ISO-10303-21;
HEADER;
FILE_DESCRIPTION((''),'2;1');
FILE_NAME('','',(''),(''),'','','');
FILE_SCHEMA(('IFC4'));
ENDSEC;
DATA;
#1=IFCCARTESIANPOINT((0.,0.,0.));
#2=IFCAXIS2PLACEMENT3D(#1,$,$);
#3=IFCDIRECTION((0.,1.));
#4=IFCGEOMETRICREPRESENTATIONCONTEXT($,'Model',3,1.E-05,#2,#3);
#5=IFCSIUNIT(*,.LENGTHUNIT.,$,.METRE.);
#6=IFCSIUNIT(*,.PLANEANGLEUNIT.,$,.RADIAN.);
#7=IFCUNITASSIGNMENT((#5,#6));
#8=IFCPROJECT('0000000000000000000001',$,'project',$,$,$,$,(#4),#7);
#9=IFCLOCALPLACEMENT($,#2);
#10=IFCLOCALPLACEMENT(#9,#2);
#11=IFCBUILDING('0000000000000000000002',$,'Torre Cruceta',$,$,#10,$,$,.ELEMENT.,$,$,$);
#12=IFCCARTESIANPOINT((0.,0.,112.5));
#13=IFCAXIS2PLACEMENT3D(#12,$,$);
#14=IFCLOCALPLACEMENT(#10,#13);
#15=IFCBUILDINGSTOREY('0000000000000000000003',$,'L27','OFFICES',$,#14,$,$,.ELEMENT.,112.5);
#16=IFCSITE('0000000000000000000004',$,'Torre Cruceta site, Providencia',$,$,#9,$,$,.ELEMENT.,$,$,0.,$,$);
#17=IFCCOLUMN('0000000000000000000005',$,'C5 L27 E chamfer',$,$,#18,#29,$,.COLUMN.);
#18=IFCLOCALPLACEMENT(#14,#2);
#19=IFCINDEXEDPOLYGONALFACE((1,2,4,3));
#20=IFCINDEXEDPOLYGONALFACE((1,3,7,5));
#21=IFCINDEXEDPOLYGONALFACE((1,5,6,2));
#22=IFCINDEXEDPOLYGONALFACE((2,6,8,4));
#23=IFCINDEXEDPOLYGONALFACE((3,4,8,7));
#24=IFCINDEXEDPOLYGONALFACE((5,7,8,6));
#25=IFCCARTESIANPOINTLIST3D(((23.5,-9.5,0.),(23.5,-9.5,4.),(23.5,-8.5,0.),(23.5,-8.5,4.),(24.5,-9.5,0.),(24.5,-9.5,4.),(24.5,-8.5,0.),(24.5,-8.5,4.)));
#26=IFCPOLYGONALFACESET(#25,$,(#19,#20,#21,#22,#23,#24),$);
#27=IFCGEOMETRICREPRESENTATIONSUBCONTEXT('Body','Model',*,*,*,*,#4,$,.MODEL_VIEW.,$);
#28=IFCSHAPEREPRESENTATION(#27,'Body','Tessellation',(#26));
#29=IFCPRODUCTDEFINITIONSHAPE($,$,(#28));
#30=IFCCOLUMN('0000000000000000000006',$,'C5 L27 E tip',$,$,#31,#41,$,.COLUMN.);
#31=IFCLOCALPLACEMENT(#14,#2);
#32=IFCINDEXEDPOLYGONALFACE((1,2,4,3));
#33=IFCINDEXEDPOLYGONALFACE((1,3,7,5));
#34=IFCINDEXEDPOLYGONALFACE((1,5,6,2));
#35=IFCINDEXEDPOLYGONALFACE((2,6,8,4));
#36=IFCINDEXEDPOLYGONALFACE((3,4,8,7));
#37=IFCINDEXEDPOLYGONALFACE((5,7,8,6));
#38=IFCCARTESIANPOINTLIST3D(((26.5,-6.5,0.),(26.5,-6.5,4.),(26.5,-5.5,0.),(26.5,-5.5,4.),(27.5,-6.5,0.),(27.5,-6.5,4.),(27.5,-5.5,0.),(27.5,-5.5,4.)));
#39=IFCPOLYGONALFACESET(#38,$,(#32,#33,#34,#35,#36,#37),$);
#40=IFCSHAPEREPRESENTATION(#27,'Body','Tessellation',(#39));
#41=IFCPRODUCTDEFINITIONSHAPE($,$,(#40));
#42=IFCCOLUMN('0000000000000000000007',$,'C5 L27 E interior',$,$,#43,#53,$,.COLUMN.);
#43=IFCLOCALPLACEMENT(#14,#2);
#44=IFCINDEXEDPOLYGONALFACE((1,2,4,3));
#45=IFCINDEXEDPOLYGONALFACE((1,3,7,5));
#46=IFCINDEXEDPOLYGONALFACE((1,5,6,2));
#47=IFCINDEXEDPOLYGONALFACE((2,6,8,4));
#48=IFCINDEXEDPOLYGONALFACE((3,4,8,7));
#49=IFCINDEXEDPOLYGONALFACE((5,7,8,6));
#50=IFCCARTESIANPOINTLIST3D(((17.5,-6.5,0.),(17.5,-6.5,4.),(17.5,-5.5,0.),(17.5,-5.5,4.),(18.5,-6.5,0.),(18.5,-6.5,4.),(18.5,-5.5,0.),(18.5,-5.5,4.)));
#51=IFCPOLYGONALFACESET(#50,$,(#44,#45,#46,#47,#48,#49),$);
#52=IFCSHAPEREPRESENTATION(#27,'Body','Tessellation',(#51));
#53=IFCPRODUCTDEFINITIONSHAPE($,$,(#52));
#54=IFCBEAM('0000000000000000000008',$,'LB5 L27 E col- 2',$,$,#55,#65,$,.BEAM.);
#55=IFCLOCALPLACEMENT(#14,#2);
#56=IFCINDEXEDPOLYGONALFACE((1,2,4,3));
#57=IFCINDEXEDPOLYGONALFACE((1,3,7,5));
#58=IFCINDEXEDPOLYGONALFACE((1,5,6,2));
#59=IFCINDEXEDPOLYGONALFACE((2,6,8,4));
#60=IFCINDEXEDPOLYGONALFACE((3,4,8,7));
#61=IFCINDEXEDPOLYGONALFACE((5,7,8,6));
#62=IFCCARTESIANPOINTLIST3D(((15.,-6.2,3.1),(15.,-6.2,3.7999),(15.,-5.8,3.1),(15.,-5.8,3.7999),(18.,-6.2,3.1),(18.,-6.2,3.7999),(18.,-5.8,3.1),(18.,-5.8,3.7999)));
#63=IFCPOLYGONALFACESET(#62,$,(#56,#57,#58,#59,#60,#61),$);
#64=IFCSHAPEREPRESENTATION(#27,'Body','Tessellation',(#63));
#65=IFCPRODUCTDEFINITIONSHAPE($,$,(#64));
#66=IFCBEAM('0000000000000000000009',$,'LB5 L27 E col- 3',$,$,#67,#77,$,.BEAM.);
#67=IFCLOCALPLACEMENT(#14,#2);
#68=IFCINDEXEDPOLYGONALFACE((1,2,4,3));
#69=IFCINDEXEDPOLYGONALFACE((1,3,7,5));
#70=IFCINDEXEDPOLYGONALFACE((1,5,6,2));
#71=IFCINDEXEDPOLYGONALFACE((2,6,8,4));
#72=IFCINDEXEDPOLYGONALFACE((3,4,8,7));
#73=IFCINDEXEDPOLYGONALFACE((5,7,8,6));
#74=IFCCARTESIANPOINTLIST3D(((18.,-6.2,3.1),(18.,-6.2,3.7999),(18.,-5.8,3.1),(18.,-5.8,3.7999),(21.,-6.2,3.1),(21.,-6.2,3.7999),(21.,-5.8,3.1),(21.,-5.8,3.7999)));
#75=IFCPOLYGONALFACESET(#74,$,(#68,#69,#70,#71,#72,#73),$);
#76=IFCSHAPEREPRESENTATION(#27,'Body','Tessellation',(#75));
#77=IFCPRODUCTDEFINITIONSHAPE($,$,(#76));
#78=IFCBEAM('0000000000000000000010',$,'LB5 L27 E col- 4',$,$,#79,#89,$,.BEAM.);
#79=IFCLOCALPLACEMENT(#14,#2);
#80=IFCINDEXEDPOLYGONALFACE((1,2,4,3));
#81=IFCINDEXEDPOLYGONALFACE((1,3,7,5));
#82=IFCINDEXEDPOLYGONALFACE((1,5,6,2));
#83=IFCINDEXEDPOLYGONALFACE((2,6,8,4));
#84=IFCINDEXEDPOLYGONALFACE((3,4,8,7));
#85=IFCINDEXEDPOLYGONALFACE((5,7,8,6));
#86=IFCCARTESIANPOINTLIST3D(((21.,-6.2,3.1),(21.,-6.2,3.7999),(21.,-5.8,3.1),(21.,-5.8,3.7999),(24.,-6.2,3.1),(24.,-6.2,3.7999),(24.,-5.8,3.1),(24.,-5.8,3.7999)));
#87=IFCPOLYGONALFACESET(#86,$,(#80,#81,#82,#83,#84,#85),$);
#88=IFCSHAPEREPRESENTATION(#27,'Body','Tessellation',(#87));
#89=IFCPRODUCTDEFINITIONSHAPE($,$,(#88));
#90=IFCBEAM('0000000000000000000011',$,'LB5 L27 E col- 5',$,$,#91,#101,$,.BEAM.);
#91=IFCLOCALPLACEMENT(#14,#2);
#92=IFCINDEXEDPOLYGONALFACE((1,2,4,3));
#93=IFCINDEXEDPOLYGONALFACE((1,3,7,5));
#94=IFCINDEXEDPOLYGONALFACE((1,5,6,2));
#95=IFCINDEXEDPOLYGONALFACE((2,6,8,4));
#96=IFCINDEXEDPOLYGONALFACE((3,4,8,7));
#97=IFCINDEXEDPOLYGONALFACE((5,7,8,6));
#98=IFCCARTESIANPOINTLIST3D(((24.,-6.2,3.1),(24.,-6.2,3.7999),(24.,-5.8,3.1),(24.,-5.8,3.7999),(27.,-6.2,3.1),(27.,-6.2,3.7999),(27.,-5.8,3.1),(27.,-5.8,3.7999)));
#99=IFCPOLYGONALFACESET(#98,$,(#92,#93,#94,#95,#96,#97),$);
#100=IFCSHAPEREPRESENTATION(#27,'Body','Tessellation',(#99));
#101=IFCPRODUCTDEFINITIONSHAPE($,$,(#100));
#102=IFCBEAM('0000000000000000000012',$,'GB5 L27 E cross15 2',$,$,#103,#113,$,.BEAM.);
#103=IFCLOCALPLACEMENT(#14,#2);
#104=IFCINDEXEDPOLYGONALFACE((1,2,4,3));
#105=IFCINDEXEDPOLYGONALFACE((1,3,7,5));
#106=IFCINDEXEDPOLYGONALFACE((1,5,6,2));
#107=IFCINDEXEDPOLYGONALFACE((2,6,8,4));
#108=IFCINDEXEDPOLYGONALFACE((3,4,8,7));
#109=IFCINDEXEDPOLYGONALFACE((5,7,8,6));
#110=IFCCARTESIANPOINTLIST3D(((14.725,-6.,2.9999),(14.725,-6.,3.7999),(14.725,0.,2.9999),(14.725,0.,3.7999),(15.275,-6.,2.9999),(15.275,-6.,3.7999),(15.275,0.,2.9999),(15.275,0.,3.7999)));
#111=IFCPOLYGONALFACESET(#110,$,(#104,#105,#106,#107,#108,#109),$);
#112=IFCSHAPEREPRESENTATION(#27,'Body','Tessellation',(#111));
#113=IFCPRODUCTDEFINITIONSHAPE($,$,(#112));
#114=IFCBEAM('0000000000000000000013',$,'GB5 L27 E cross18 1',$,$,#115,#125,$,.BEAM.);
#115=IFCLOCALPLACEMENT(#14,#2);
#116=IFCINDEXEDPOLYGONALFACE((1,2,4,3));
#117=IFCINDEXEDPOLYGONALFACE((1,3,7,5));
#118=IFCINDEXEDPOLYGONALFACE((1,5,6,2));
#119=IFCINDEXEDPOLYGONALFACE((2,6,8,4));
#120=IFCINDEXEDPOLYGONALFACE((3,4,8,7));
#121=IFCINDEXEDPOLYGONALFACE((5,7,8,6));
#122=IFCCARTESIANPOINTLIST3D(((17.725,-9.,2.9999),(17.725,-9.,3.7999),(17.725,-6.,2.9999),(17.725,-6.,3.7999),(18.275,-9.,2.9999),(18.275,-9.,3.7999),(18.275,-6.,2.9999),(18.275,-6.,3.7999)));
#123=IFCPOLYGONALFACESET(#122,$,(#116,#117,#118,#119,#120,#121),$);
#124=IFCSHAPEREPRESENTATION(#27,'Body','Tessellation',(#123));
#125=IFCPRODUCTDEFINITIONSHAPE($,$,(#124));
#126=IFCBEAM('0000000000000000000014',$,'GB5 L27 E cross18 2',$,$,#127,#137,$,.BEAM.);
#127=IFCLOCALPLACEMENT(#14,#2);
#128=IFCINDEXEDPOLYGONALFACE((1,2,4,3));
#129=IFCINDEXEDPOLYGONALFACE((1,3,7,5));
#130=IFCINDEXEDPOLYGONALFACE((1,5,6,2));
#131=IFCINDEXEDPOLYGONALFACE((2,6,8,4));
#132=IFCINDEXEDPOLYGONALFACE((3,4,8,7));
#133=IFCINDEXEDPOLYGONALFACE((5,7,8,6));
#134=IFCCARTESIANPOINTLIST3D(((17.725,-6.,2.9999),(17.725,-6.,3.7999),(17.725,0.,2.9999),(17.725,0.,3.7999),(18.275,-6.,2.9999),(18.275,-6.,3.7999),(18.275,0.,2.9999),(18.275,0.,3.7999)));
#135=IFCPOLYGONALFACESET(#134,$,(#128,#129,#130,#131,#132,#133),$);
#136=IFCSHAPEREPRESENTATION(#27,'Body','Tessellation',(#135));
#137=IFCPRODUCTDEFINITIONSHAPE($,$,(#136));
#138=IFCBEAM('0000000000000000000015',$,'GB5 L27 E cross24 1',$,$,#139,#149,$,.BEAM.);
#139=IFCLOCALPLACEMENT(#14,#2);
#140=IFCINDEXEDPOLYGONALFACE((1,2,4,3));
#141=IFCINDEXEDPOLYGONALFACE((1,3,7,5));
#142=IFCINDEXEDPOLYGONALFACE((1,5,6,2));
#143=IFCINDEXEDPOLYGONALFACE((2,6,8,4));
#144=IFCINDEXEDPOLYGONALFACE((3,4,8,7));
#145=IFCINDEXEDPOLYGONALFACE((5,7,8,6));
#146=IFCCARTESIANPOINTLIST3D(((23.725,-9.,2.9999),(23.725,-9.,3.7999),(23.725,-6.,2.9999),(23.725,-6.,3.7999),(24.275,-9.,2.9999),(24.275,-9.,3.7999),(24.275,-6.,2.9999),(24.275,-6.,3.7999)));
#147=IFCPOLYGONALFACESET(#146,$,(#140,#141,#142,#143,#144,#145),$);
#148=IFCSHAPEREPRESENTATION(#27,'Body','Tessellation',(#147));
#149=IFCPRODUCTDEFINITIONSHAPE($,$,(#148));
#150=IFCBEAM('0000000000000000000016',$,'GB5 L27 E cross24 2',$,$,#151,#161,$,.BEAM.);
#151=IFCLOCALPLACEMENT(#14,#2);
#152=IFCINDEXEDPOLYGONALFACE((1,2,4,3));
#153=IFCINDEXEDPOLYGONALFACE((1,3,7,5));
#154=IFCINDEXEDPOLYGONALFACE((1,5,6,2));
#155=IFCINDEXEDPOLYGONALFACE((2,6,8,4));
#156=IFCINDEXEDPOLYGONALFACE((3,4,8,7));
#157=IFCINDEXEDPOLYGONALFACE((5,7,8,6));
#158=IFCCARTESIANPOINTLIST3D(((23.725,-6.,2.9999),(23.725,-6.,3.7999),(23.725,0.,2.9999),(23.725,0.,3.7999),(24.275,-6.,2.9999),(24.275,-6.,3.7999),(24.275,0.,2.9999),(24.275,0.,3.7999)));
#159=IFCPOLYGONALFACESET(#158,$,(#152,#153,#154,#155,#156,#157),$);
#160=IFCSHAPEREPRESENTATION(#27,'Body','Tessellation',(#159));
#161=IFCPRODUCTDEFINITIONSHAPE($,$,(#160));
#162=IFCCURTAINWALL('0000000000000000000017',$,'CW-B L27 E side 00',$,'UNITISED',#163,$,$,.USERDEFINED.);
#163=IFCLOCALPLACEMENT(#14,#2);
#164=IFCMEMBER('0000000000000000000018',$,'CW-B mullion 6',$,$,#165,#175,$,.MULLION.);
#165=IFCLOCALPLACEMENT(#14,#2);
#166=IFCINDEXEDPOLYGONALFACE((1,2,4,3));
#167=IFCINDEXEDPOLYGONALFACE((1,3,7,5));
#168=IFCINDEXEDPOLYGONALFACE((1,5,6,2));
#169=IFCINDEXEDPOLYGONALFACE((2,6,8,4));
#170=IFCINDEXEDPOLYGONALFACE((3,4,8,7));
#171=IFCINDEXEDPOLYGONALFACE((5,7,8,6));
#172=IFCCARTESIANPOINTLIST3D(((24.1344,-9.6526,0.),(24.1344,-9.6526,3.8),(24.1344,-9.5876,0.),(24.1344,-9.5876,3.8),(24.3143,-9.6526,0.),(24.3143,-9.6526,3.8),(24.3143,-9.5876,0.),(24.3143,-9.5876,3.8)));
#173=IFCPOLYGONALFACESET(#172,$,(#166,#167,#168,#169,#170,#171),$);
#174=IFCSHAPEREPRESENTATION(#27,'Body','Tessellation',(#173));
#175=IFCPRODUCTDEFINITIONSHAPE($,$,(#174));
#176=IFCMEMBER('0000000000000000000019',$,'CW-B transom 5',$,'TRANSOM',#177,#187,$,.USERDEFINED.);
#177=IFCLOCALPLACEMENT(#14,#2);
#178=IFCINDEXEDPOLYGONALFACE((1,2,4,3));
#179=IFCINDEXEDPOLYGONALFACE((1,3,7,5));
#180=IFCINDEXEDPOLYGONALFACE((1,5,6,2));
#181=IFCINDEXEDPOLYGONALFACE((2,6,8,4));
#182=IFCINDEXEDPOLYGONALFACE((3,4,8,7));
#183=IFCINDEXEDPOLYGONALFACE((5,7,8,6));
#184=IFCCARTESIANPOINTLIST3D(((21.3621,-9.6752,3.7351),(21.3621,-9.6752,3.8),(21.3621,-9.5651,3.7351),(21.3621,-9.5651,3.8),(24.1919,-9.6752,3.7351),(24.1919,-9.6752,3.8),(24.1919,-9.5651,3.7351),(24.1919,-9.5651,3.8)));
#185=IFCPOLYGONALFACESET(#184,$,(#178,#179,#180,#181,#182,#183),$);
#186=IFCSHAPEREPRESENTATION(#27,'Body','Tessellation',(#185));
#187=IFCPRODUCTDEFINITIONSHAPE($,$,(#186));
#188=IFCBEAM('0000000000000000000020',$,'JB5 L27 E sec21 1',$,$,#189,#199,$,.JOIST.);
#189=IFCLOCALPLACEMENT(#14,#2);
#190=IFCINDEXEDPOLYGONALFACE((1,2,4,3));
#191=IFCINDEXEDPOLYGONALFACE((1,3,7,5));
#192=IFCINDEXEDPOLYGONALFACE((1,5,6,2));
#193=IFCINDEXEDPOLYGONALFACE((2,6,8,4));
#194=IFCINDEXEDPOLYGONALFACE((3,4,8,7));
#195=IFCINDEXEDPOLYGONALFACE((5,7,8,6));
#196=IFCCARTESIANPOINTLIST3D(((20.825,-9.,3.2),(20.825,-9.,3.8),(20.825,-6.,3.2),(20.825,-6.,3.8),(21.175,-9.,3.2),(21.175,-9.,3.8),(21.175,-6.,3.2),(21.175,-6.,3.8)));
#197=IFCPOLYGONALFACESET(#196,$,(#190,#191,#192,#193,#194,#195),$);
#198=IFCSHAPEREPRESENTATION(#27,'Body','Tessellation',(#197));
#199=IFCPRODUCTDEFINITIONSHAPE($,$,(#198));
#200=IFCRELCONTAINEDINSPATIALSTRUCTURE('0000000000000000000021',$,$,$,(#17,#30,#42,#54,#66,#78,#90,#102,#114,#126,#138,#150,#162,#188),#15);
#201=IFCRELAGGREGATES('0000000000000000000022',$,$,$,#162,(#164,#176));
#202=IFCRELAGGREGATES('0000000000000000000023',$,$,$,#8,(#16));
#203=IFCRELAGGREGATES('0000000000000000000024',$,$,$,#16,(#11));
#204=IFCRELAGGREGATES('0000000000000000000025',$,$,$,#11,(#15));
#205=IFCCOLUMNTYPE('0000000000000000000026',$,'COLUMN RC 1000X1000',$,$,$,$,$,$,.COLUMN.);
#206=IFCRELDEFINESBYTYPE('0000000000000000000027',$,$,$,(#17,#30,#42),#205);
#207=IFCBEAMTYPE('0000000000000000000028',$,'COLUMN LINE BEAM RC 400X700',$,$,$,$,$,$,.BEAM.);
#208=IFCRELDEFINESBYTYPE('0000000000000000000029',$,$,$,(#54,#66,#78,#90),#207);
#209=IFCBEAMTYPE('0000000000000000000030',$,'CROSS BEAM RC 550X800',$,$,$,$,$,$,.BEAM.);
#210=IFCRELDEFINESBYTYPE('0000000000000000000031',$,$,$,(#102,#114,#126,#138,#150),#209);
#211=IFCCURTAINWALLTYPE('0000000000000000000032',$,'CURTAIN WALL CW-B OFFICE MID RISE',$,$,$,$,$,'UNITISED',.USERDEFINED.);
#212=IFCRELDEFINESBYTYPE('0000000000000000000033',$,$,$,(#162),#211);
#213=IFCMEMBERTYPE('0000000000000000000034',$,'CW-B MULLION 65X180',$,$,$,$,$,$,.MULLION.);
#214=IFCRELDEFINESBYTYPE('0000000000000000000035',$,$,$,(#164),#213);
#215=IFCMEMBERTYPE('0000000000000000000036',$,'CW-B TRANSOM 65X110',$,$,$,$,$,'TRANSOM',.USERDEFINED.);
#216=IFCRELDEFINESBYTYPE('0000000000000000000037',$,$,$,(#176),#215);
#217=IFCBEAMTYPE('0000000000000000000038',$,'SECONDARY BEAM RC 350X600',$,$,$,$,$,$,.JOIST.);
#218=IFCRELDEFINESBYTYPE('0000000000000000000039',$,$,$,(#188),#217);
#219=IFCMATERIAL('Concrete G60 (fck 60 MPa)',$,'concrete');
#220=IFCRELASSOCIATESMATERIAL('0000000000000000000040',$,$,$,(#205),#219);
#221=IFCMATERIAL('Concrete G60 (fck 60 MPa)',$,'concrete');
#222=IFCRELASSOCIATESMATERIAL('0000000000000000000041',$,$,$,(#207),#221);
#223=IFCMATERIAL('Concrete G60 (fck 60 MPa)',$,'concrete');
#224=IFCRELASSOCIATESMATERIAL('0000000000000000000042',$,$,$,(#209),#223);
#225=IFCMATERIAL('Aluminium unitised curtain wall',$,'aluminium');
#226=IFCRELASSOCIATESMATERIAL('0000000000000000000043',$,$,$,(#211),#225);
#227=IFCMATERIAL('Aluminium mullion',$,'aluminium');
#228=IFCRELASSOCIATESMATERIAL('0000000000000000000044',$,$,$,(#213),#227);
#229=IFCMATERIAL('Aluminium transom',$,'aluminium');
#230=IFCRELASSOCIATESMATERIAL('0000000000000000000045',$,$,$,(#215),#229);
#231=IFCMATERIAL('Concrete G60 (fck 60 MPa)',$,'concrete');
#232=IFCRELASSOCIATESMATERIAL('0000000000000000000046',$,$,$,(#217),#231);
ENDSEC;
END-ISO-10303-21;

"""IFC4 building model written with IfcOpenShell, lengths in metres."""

from ifc_helpers import new_model, si_unit, direction, frame, origin, origin_2d, place, context, subcontext, project, spatial, rectangle, extrude, material, material_profile, profile_set, type_object, element, aggregate, save


model = new_model("IFC4")

# Units and contexts
model_context = context("Model", 3, precision=1e-05, world=origin(), true_north=direction((0.0, 1.0)))
body_context = subcontext(model_context, "Body", "Model", "MODEL_VIEW")
ifc_project = project(units=[si_unit("LENGTHUNIT", "METRE"), si_unit("PLANEANGLEUNIT", "RADIAN")], contexts=[model_context])

# Site, building, storey
site_placement = place(None, origin())
site = spatial("IfcSite", under=ifc_project, at=site_placement, Name="Torre Cruceta site, Providencia", CompositionType="ELEMENT", RefElevation=0.0)
building_placement = place(site_placement, origin())
building = spatial("IfcBuilding", under=site, at=building_placement, Name="Torre Cruceta", CompositionType="ELEMENT")
storey_placement = place(building_placement, frame((0.0, 0.0, 112.5)))
storey = spatial("IfcBuildingStorey", under=building, at=storey_placement, Name="L27", Description="OFFICES", CompositionType="ELEMENT", Elevation=112.5)

# Columns
ifc_material_1 = material(Name="Concrete G60 (fck 60 MPa)", Category="concrete")
ifc_material_profile_1 = material_profile(ifc_material_1, rectangle(XDim=1.0, YDim=1.0, at=origin_2d()), Name="RC 1000X1000")
ifc_profile_set_1 = profile_set([ifc_material_profile_1], Name="Concrete G60 (fck 60 MPa)")
column_type = type_object("IfcColumnType", Name="COLUMN RC 1000X1000", PredefinedType="COLUMN", material=ifc_profile_set_1)
for number, where, z_axis, x_axis, name in (
    (1, (24.0, -9.0, 0.0), (0.0, 0.0, 1.0), (1.0, 0.0, 0.0), "C5 L27 E chamfer"),
    (2, (27.0, -6.0, 0.0), (0.0, 0.0, 1.0), (1.0, 0.0, 0.0), "C5 L27 E tip"),
    (3, (18.0, -6.0, 0.0), (0.0, 0.0, 1.0), (1.0, 0.0, 0.0), "C5 L27 E interior"),
):
    element("IfcColumn", number, at=place(storey_placement, frame(where, z_axis=z_axis, x_axis=x_axis)), inside=storey, type_object=column_type, Name=name, PredefinedType="COLUMN", context=body_context, shape_type="SweptSolid", body=[
        extrude(rectangle(XDim=1.0, YDim=1.0, at=origin_2d()), origin(), (0.0, 0.0, 1.0), 4.0),
    ])

# Beams
ifc_material_2 = material(Name="Concrete G60 (fck 60 MPa)", Category="concrete")
ifc_material_profile_2 = material_profile(ifc_material_2, rectangle(XDim=0.3999, YDim=0.7, at=origin_2d()), Name="RC 400X700")
ifc_profile_set_2 = profile_set([ifc_material_profile_2], Name="Concrete G60 (fck 60 MPa)")
beam_type_1 = type_object("IfcBeamType", Name="COLUMN LINE BEAM RC 400X700", PredefinedType="BEAM", material=ifc_profile_set_2)
for number, where, z_axis, x_axis, name in (
    (4, (15.0, -6.0, 3.45), (1.0, 0.0, 0.0), (0.0, 1.0, 0.0), "LB5 L27 E col- 2"),
    (5, (18.0, -6.0, 3.45), (1.0, 0.0, 0.0), (0.0, 1.0, 0.0), "LB5 L27 E col- 3"),
    (6, (21.0, -6.0, 3.45), (1.0, 0.0, 0.0), (0.0, 1.0, 0.0), "LB5 L27 E col- 4"),
    (7, (24.0, -6.0, 3.45), (1.0, 0.0, 0.0), (0.0, 1.0, 0.0), "LB5 L27 E col- 5"),
):
    element("IfcBeam", number, at=place(storey_placement, frame(where, z_axis=z_axis, x_axis=x_axis)), inside=storey, type_object=beam_type_1, Name=name, PredefinedType="BEAM", context=body_context, shape_type="SweptSolid", body=[
        extrude(rectangle(XDim=0.3999, YDim=0.7, at=origin_2d()), origin(), (0.0, 0.0, 1.0), 3.0),
    ])
ifc_material_3 = material(Name="Concrete G60 (fck 60 MPa)", Category="concrete")
ifc_material_profile_3 = material_profile(ifc_material_3, rectangle(XDim=0.55, YDim=0.8, at=origin_2d()), Name="RC 550X800")
ifc_profile_set_3 = profile_set([ifc_material_profile_3], Name="Concrete G60 (fck 60 MPa)")
beam_type_2 = type_object("IfcBeamType", Name="CROSS BEAM RC 550X800", PredefinedType="BEAM", material=ifc_profile_set_3)
beam_1_placement = place(storey_placement, frame((15.0, -6.0, 3.3999), z_axis=(0.0, 1.0, 0.0), x_axis=(-1.0, 0.0, 0.0)))
element("IfcBeam", 8, at=beam_1_placement, inside=storey, type_object=beam_type_2, Name="GB5 L27 E cross15 2", PredefinedType="BEAM", context=body_context, shape_type="SweptSolid", body=[
    extrude(rectangle(XDim=0.55, YDim=0.8, at=origin_2d()), origin(), (0.0, 0.0, 1.0), 6.0),
])
beam_2_placement = place(storey_placement, frame((18.0, -9.0, 3.3999), z_axis=(0.0, 1.0, 0.0), x_axis=(-1.0, 0.0, 0.0)))
element("IfcBeam", 9, at=beam_2_placement, inside=storey, type_object=beam_type_2, Name="GB5 L27 E cross18 1", PredefinedType="BEAM", context=body_context, shape_type="SweptSolid", body=[
    extrude(rectangle(XDim=0.55, YDim=0.8, at=origin_2d()), origin(), (0.0, 0.0, 1.0), 3.0),
])
beam_3_placement = place(storey_placement, frame((18.0, -6.0, 3.3999), z_axis=(0.0, 1.0, 0.0), x_axis=(-1.0, 0.0, 0.0)))
element("IfcBeam", 10, at=beam_3_placement, inside=storey, type_object=beam_type_2, Name="GB5 L27 E cross18 2", PredefinedType="BEAM", context=body_context, shape_type="SweptSolid", body=[
    extrude(rectangle(XDim=0.55, YDim=0.8, at=origin_2d()), origin(), (0.0, 0.0, 1.0), 6.0),
])
beam_4_placement = place(storey_placement, frame((24.0, -9.0, 3.3999), z_axis=(0.0, 1.0, 0.0), x_axis=(-1.0, 0.0, 0.0)))
element("IfcBeam", 11, at=beam_4_placement, inside=storey, type_object=beam_type_2, Name="GB5 L27 E cross24 1", PredefinedType="BEAM", context=body_context, shape_type="SweptSolid", body=[
    extrude(rectangle(XDim=0.55, YDim=0.8, at=origin_2d()), origin(), (0.0, 0.0, 1.0), 3.0),
])
beam_5_placement = place(storey_placement, frame((24.0, -6.0, 3.3999), z_axis=(0.0, 1.0, 0.0), x_axis=(-1.0, 0.0, 0.0)))
element("IfcBeam", 12, at=beam_5_placement, inside=storey, type_object=beam_type_2, Name="GB5 L27 E cross24 2", PredefinedType="BEAM", context=body_context, shape_type="SweptSolid", body=[
    extrude(rectangle(XDim=0.55, YDim=0.8, at=origin_2d()), origin(), (0.0, 0.0, 1.0), 6.0),
])

# Curtain wall, members
ifc_material_4 = material(Name="Aluminium unitised curtain wall", Category="aluminium")
curtain_wall_type = type_object("IfcCurtainWallType", Name="CURTAIN WALL CW-B OFFICE MID RISE", ElementType="UNITISED", PredefinedType="USERDEFINED", material=ifc_material_4)
curtain_wall_placement = place(storey_placement, origin())
curtain_wall = element("IfcCurtainWall", 13, at=curtain_wall_placement, inside=storey, type_object=curtain_wall_type, Name="CW-B L27 E side 00", ObjectType="UNITISED", PredefinedType="USERDEFINED")
ifc_material_5 = material(Name="Aluminium mullion", Category="aluminium")
ifc_material_profile_4 = material_profile(ifc_material_5, rectangle(XDim=0.0649, YDim=0.1799, at=origin_2d()), Name="AL 65X180")
ifc_profile_set_4 = profile_set([ifc_material_profile_4], Name="Aluminium mullion")
member_type_1 = type_object("IfcMemberType", Name="CW-B MULLION 65X180", PredefinedType="MULLION", material=ifc_profile_set_4)
member_1_placement = place(storey_placement, frame((24.2244, -9.6201, 0.0), z_axis=(0.0, 0.0, 1.0), x_axis=(0.0, 1.0, 0.0)))
member_1 = element("IfcMember", 14, at=member_1_placement, type_object=member_type_1, Name="CW-B mullion 6", PredefinedType="MULLION", context=body_context, shape_type="SweptSolid", body=[
    extrude(rectangle(XDim=0.0649, YDim=0.1799, at=origin_2d()), origin(), (0.0, 0.0, 1.0), 3.8),
])
ifc_material_6 = material(Name="Aluminium transom", Category="aluminium")
ifc_material_profile_5 = material_profile(ifc_material_6, rectangle(XDim=0.1101, YDim=0.0649, at=origin_2d()), Name="AL 110X65")
ifc_profile_set_5 = profile_set([ifc_material_profile_5], Name="Aluminium transom")
member_type_2 = type_object("IfcMemberType", Name="CW-B TRANSOM 65X110", ElementType="TRANSOM", PredefinedType="USERDEFINED", material=ifc_profile_set_5)
member_2_placement = place(storey_placement, frame((21.3621, -9.6201, 3.7676), z_axis=(1.0, 0.0, 0.0), x_axis=(0.0, 1.0, 0.0)))
member_2 = element("IfcMember", 15, at=member_2_placement, type_object=member_type_2, Name="CW-B transom 5", ObjectType="TRANSOM", PredefinedType="USERDEFINED", context=body_context, shape_type="SweptSolid", body=[
    extrude(rectangle(XDim=0.1101, YDim=0.0649, at=origin_2d()), origin(), (0.0, 0.0, 1.0), 2.8298),
])

# Beam
ifc_material_7 = material(Name="Concrete G60 (fck 60 MPa)", Category="concrete")
ifc_material_profile_6 = material_profile(ifc_material_7, rectangle(XDim=0.3501, YDim=0.6001, at=origin_2d()), Name="RC 350X600")
ifc_profile_set_6 = profile_set([ifc_material_profile_6], Name="Concrete G60 (fck 60 MPa)")
beam_type_3 = type_object("IfcBeamType", Name="SECONDARY BEAM RC 350X600", PredefinedType="JOIST", material=ifc_profile_set_6)
beam_6_placement = place(storey_placement, frame((21.0, -9.0, 3.5), z_axis=(0.0, 1.0, 0.0), x_axis=(-1.0, 0.0, 0.0)))
element("IfcBeam", 16, at=beam_6_placement, inside=storey, type_object=beam_type_3, Name="JB5 L27 E sec21 1", PredefinedType="JOIST", context=body_context, shape_type="SweptSolid", body=[
    extrude(rectangle(XDim=0.3501, YDim=0.6001, at=origin_2d()), origin(), (0.0, 0.0, 1.0), 3.0),
])

aggregate(curtain_wall, [member_1, member_2])

save(model, "model.ifc")
